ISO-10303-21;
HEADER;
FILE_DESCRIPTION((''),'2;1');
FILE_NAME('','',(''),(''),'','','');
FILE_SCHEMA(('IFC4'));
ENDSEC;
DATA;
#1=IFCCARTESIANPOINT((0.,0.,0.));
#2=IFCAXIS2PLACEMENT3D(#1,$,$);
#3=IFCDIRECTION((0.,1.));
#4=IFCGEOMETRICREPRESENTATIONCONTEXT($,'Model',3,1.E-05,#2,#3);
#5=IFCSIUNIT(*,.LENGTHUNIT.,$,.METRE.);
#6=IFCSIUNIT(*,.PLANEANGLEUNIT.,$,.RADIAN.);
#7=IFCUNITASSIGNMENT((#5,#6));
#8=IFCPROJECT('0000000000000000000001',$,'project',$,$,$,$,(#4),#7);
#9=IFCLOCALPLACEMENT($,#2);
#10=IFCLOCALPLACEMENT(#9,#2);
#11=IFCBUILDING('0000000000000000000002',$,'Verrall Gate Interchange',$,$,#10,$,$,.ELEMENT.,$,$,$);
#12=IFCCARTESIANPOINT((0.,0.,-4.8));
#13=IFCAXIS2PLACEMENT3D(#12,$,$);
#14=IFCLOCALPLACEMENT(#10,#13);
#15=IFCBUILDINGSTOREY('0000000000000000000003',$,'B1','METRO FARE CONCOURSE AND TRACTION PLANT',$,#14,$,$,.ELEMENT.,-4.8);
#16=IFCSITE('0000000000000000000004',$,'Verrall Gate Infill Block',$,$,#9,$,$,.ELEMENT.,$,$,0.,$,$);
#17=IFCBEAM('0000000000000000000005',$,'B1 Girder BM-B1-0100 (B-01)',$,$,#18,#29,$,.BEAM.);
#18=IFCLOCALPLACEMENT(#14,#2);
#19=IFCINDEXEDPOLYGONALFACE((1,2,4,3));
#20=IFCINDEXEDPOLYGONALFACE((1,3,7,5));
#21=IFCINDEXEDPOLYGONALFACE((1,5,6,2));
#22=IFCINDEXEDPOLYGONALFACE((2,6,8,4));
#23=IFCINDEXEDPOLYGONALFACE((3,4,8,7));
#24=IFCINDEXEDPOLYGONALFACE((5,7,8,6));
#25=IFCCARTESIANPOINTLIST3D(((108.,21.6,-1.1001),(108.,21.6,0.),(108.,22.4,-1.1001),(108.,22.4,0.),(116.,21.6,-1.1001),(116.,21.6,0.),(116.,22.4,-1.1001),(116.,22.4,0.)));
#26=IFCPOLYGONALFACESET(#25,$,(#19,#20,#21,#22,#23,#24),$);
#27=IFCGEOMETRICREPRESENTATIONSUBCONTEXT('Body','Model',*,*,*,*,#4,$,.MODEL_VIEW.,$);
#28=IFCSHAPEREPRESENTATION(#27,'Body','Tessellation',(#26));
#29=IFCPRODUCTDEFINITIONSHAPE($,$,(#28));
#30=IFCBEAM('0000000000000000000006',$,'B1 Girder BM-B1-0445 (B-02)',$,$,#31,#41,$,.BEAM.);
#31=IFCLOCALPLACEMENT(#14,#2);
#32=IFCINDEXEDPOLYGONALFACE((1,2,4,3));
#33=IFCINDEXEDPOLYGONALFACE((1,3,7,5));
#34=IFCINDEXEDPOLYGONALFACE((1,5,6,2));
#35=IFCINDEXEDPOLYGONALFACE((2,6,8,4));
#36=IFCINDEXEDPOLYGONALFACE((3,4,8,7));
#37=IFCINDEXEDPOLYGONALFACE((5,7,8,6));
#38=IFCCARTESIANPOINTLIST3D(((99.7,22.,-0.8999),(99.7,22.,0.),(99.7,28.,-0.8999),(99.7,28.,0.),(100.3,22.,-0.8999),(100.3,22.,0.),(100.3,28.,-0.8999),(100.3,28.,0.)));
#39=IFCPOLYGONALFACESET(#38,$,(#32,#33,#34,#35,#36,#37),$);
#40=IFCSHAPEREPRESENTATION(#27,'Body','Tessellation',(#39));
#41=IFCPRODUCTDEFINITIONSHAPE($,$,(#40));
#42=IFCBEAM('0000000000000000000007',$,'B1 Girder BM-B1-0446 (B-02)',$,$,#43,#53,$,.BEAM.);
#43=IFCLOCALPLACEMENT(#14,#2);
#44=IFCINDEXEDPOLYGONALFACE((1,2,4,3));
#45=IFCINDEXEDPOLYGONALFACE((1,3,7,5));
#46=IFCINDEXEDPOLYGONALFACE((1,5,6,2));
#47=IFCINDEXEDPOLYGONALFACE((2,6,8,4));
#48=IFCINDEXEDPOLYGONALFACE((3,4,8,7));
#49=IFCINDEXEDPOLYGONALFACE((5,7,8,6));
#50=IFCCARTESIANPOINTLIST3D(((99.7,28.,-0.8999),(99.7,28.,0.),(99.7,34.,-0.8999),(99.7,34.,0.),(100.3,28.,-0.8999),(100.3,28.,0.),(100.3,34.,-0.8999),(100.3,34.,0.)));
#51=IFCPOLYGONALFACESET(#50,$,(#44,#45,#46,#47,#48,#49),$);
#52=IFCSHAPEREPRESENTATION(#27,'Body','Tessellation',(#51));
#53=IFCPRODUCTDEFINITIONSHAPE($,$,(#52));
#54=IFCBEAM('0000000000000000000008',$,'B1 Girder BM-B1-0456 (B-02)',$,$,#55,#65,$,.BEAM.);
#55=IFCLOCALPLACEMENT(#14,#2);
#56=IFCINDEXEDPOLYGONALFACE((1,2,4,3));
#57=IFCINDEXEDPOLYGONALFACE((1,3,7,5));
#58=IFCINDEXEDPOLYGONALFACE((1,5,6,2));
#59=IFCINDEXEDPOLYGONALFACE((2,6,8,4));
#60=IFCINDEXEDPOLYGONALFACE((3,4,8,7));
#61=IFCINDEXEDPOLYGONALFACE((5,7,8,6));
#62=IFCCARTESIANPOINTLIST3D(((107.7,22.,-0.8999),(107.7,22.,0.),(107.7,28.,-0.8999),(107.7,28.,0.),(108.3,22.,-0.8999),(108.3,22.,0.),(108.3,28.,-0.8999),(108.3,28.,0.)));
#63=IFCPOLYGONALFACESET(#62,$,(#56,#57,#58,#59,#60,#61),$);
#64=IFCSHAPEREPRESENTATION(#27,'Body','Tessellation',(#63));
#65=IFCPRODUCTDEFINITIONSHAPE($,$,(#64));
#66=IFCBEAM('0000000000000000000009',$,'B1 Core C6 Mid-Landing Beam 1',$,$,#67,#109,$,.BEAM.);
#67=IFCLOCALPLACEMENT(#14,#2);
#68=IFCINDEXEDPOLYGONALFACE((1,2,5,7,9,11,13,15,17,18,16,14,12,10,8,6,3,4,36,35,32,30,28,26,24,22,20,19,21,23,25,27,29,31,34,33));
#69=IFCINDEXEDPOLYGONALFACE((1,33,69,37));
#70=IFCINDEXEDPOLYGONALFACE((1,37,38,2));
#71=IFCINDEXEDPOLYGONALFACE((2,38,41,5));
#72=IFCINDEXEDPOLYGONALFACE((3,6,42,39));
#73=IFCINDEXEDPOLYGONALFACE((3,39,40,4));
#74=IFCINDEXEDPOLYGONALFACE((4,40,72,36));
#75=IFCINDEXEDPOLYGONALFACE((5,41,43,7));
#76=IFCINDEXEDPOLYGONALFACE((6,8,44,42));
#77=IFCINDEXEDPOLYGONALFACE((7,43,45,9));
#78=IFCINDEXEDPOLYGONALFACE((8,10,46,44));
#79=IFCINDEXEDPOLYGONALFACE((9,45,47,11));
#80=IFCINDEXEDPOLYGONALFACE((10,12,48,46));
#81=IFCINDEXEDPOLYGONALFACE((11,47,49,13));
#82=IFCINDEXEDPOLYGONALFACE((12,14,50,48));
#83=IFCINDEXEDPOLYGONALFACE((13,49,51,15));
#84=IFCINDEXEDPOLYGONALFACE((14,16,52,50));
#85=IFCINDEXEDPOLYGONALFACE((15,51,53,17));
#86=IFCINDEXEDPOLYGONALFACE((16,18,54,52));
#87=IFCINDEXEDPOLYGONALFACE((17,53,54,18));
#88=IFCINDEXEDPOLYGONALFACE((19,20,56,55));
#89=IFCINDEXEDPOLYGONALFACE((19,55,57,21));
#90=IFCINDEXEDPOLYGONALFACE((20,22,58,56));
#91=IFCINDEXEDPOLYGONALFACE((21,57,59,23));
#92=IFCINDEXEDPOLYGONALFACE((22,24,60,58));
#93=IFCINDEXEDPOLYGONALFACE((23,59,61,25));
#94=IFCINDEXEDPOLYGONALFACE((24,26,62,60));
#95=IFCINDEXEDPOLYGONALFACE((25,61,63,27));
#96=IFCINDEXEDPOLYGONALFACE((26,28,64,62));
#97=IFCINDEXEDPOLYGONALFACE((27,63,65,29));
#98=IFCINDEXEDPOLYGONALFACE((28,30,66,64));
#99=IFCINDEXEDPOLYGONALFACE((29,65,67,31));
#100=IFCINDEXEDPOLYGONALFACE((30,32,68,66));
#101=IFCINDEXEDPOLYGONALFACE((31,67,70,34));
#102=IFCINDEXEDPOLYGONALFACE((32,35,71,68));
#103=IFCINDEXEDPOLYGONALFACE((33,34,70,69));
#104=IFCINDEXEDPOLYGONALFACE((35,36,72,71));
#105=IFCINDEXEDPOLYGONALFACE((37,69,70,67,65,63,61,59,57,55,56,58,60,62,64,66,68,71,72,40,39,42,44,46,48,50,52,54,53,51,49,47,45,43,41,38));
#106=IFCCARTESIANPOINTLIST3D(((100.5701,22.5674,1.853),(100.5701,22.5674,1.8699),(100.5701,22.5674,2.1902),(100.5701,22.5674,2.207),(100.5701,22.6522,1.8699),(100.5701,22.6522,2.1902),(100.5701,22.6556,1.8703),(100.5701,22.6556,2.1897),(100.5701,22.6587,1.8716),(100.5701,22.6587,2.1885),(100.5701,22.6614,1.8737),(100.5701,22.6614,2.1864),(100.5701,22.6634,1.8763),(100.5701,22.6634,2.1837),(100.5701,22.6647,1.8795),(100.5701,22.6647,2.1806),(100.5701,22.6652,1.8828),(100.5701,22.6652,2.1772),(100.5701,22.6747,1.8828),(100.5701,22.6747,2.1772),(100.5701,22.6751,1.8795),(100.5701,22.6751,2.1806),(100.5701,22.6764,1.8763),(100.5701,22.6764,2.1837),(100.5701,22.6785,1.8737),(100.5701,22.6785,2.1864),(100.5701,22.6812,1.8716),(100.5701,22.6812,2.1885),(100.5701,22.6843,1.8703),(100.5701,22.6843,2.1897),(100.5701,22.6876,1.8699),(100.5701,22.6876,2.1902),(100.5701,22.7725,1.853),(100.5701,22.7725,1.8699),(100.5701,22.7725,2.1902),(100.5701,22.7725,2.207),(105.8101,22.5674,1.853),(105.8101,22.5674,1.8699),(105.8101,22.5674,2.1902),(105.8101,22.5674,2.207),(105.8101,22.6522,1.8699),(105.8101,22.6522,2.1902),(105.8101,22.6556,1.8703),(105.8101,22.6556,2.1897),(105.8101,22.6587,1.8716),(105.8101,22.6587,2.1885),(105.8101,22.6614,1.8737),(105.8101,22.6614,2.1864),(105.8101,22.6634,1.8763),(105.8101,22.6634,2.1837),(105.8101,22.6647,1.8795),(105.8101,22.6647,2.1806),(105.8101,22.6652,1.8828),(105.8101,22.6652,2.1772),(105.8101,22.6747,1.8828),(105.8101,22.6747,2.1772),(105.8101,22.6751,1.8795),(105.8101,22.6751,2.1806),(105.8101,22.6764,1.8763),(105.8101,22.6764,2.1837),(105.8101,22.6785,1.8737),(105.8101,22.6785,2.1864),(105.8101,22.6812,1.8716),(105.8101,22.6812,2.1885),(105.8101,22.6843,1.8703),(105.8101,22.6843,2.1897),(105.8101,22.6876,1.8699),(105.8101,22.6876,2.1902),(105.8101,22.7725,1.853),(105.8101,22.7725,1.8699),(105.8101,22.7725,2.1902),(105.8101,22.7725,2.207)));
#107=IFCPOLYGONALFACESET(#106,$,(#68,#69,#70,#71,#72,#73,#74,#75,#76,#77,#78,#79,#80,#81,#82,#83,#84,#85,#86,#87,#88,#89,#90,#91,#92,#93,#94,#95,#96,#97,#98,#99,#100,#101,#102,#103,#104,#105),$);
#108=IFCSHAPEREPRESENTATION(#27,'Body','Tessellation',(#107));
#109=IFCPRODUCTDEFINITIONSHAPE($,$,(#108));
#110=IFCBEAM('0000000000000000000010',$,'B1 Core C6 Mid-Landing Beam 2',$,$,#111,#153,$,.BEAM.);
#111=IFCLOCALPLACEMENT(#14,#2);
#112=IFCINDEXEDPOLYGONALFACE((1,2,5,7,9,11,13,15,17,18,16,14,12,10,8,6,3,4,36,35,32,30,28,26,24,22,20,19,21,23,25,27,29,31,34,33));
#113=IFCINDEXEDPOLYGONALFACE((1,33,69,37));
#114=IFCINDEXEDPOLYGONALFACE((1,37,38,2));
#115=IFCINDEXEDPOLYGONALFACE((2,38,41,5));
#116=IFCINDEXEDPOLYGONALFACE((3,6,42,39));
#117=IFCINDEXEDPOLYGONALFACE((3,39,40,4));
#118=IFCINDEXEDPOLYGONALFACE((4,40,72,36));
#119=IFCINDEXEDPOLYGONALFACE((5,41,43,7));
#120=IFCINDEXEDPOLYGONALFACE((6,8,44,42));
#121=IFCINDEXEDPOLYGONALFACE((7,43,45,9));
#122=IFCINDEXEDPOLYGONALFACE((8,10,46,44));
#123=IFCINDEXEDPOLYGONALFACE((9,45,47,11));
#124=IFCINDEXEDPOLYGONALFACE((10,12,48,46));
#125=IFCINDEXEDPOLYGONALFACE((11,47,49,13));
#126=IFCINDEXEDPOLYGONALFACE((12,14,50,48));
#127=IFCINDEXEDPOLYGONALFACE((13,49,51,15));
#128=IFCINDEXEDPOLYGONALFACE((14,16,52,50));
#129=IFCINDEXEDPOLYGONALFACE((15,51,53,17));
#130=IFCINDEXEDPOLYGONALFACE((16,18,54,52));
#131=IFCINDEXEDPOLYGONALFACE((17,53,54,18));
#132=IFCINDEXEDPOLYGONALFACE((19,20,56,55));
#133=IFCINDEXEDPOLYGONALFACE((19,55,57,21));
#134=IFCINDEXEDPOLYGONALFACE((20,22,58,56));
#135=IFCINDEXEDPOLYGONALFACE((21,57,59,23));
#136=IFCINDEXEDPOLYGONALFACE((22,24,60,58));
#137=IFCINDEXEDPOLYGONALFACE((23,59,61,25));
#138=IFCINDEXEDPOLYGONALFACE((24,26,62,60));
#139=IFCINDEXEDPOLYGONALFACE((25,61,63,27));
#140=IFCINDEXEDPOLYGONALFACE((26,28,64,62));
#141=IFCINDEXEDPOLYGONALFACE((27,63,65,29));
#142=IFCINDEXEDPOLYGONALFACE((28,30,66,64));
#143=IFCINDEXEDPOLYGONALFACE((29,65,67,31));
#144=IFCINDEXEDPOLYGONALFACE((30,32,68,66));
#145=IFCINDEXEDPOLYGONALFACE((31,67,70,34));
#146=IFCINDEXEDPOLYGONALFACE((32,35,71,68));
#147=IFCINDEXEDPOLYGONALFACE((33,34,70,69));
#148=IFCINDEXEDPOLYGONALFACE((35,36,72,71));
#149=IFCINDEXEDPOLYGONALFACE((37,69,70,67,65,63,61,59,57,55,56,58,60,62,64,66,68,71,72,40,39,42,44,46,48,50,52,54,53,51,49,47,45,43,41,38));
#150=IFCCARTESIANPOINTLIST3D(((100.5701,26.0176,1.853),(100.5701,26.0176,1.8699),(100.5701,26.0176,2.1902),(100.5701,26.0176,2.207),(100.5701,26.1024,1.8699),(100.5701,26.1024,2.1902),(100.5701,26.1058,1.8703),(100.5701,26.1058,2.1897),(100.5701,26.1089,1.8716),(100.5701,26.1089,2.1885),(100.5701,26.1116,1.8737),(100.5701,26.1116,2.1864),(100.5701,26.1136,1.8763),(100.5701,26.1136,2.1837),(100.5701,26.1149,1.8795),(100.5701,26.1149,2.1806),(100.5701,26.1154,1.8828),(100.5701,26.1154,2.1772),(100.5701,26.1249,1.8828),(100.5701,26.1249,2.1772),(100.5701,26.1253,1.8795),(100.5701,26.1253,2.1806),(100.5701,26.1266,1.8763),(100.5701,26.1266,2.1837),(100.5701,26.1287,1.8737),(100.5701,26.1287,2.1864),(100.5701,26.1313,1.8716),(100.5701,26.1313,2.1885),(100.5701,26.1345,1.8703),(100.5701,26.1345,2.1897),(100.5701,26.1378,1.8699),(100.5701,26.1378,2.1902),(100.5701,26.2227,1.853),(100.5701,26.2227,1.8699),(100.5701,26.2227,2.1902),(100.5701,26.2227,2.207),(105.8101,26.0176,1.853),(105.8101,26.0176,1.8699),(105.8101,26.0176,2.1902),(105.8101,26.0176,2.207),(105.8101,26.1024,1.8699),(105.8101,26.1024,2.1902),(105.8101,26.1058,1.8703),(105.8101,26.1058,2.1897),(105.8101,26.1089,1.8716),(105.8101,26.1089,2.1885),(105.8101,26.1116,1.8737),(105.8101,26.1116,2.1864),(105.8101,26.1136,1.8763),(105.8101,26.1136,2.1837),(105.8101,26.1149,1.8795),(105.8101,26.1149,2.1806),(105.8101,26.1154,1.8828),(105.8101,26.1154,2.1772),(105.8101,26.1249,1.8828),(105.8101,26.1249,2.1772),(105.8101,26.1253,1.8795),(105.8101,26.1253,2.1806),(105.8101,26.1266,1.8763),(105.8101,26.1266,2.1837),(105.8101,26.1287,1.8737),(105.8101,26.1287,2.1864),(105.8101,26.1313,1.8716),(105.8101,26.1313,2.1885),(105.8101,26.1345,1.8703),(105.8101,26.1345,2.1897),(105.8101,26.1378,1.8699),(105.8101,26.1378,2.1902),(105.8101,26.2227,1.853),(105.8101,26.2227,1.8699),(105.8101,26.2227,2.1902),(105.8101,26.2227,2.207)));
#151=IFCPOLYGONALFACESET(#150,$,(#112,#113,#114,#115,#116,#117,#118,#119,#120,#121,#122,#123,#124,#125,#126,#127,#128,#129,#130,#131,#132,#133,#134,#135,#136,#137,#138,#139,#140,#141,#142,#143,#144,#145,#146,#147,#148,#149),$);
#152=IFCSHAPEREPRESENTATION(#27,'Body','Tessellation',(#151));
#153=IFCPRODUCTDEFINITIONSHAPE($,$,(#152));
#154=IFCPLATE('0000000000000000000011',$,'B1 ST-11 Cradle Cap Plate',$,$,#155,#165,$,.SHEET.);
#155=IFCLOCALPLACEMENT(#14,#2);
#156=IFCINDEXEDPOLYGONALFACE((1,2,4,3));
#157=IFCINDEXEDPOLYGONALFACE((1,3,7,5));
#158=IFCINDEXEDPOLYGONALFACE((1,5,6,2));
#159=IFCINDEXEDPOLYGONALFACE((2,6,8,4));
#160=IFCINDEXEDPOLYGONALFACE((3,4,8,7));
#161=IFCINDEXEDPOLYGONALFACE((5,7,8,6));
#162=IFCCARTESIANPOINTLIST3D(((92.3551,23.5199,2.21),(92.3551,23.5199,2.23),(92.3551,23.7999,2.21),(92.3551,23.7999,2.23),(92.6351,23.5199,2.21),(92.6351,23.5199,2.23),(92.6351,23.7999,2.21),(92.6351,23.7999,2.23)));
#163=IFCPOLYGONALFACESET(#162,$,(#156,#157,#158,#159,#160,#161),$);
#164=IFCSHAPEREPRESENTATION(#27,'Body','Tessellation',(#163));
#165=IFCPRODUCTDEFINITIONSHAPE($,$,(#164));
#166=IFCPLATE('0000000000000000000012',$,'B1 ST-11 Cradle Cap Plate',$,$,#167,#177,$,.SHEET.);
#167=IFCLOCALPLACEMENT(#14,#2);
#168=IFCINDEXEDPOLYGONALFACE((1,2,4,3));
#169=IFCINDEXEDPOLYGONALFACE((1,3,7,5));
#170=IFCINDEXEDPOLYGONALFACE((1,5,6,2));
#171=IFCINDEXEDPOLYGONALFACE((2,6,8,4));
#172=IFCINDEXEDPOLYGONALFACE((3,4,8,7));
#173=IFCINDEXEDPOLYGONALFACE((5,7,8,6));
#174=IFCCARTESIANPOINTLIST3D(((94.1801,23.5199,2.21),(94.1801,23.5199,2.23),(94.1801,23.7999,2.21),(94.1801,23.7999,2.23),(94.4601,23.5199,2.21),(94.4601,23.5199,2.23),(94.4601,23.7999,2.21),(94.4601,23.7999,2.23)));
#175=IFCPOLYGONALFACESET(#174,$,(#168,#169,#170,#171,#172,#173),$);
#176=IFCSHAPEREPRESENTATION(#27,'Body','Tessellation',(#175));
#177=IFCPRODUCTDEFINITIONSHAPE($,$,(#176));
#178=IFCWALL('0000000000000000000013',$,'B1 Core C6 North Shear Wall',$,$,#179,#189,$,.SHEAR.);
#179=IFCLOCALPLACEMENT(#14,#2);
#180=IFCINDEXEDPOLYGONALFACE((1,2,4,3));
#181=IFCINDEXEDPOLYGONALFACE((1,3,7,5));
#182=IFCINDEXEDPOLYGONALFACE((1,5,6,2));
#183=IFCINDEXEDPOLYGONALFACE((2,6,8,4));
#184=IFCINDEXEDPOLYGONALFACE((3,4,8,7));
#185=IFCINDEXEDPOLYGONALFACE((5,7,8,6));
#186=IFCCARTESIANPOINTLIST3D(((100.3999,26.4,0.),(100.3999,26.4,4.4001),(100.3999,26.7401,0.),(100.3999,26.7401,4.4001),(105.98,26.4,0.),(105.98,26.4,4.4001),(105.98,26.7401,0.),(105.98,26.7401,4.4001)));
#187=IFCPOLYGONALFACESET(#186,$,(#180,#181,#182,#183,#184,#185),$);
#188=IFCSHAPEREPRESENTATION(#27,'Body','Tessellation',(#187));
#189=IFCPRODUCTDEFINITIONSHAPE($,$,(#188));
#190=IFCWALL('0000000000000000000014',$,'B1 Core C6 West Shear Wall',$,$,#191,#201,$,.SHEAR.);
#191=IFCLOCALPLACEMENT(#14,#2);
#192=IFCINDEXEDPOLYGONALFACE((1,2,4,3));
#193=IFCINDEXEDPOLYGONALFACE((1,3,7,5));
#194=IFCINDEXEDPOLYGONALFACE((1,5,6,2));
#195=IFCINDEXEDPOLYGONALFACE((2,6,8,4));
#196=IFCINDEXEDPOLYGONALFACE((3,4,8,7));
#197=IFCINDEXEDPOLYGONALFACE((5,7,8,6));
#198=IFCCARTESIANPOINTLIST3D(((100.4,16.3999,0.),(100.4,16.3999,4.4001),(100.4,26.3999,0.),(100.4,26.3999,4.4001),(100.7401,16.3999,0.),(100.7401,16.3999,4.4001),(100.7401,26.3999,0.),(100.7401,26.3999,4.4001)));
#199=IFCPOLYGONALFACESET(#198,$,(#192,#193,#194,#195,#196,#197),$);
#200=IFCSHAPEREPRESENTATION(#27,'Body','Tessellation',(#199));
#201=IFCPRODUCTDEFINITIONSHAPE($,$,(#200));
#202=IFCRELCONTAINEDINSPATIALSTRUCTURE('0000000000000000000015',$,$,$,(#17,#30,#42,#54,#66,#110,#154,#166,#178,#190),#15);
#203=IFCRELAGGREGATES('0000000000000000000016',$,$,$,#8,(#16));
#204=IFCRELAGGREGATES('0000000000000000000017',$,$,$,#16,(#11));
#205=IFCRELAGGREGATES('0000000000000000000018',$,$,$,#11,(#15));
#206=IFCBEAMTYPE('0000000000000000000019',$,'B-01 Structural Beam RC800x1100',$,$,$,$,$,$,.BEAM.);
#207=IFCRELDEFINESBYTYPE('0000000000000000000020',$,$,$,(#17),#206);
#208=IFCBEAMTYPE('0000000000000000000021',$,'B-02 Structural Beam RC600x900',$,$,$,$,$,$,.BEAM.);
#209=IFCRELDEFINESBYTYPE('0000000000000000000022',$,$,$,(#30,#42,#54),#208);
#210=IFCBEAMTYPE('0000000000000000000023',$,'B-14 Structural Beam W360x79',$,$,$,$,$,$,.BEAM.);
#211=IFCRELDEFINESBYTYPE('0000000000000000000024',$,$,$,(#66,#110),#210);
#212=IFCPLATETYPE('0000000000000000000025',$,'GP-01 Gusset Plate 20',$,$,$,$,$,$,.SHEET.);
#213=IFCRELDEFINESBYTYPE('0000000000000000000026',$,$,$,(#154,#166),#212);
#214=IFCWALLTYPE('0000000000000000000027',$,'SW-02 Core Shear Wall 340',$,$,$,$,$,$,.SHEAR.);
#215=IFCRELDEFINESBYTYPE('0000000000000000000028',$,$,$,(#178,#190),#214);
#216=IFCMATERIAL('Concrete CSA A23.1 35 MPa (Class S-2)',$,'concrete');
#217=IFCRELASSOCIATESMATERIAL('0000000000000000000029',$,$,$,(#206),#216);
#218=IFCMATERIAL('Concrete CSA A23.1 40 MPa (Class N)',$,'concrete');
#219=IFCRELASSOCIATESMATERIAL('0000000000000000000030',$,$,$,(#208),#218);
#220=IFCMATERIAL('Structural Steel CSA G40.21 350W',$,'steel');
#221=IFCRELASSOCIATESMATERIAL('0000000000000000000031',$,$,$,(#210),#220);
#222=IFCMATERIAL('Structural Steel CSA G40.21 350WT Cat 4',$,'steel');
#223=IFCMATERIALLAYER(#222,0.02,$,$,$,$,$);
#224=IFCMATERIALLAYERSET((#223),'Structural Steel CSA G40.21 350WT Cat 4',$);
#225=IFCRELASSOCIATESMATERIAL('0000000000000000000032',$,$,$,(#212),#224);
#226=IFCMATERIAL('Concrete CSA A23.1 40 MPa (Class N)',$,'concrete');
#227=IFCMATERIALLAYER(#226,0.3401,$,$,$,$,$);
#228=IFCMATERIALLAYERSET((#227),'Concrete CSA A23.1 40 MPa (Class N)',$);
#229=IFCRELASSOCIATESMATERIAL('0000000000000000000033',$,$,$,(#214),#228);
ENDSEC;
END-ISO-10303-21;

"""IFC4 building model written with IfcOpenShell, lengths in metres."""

from ifc_helpers import new_model, si_unit, direction, frame, frame_2d, origin, origin_2d, place, context, subcontext, project, spatial, rectangle, i_section, extrude, material, layer, layer_set, material_profile, profile_set, type_object, element, save


model = new_model("IFC4")

# Units and contexts
model_context = context("Model", 3, precision=1e-05, world=origin(), true_north=direction((0.0, 1.0)))
body_context = subcontext(model_context, "Body", "Model", "MODEL_VIEW")
ifc_project = project(units=[si_unit("LENGTHUNIT", "METRE"), si_unit("PLANEANGLEUNIT", "RADIAN")], contexts=[model_context])

# Site, building, storey
site_placement = place(None, origin())
site = spatial("IfcSite", under=ifc_project, at=site_placement, Name="Verrall Gate Infill Block", CompositionType="ELEMENT", RefElevation=0.0)
building_placement = place(site_placement, origin())
building = spatial("IfcBuilding", under=site, at=building_placement, Name="Verrall Gate Interchange", CompositionType="ELEMENT")
storey_placement = place(building_placement, frame((0.0, 0.0, -4.8)))
storey = spatial("IfcBuildingStorey", under=building, at=storey_placement, Name="B1", Description="METRO FARE CONCOURSE AND TRACTION PLANT", CompositionType="ELEMENT", Elevation=-4.8)

# Beams
ifc_material_1 = material(Name="Concrete CSA A23.1 35 MPa (Class S-2)", Category="concrete")
ifc_material_profile_1 = material_profile(ifc_material_1, rectangle(XDim=0.8, YDim=1.1001, at=origin_2d()), Name="RC800x1100")
ifc_profile_set_1 = profile_set([ifc_material_profile_1], Name="Concrete CSA A23.1 35 MPa (Class S-2)")
beam_type_1 = type_object("IfcBeamType", Name="B-01 Structural Beam RC800x1100", PredefinedType="BEAM", material=ifc_profile_set_1)
beam_placement = place(storey_placement, frame((108.0, 22.0, -0.55), z_axis=(1.0, 0.0, 0.0), x_axis=(0.0, 1.0, 0.0)))
element("IfcBeam", 1, at=beam_placement, inside=storey, type_object=beam_type_1, Name="B1 Girder BM-B1-0100 (B-01)", PredefinedType="BEAM", context=body_context, shape_type="SweptSolid", body=[
    extrude(rectangle(XDim=0.8, YDim=1.1001, at=origin_2d()), origin(), (0.0, 0.0, 1.0), 8.0),
])
ifc_material_2 = material(Name="Concrete CSA A23.1 40 MPa (Class N)", Category="concrete")
ifc_material_profile_2 = material_profile(ifc_material_2, rectangle(XDim=0.6001, YDim=0.8999, at=origin_2d()), Name="RC600x900")
ifc_profile_set_2 = profile_set([ifc_material_profile_2], Name="Concrete CSA A23.1 40 MPa (Class N)")
beam_type_2 = type_object("IfcBeamType", Name="B-02 Structural Beam RC600x900", PredefinedType="BEAM", material=ifc_profile_set_2)
for number, where, z_axis, x_axis, name in (
    (2, (100.0, 22.0, -0.45), (0.0, 1.0, 0.0), (-1.0, 0.0, 0.0), "B1 Girder BM-B1-0445 (B-02)"),
    (3, (100.0, 28.0, -0.45), (0.0, 1.0, 0.0), (-1.0, 0.0, 0.0), "B1 Girder BM-B1-0446 (B-02)"),
    (4, (108.0, 22.0, -0.45), (0.0, 1.0, 0.0), (-1.0, 0.0, 0.0), "B1 Girder BM-B1-0456 (B-02)"),
):
    element("IfcBeam", number, at=place(storey_placement, frame(where, z_axis=z_axis, x_axis=x_axis)), inside=storey, type_object=beam_type_2, Name=name, PredefinedType="BEAM", context=body_context, shape_type="SweptSolid", body=[
        extrude(rectangle(XDim=0.6001, YDim=0.8999, at=origin_2d()), origin(), (0.0, 0.0, 1.0), 6.0),
    ])
ifc_material_3 = material(Name="Structural Steel CSA G40.21 350W", Category="steel")
ifc_material_profile_3 = material_profile(ifc_material_3, i_section(OverallWidth=0.2051, OverallDepth=0.354, WebThickness=0.0095, FlangeThickness=0.0168, FilletRadius=0.0129, at=origin_2d()), Name="W360x79")
ifc_profile_set_3 = profile_set([ifc_material_profile_3], Name="Structural Steel CSA G40.21 350W")
beam_type_3 = type_object("IfcBeamType", Name="B-14 Structural Beam W360x79", PredefinedType="BEAM", material=ifc_profile_set_3)
for number, where, z_axis, x_axis, name in (
    (5, (100.5701, 22.6699, 2.03), (1.0, 0.0, 0.0), (0.0, 1.0, 0.0), "B1 Core C6 Mid-Landing Beam 1"),
    (6, (100.5701, 26.1201, 2.03), (1.0, 0.0, 0.0), (0.0, 1.0, 0.0), "B1 Core C6 Mid-Landing Beam 2"),
):
    element("IfcBeam", number, at=place(storey_placement, frame(where, z_axis=z_axis, x_axis=x_axis)), inside=storey, type_object=beam_type_3, Name=name, PredefinedType="BEAM", context=body_context, shape_type="SweptSolid", body=[
        extrude(i_section(OverallWidth=0.2051, OverallDepth=0.354, WebThickness=0.0095, FlangeThickness=0.0168, FilletRadius=0.0129, at=origin_2d()), origin(), (0.0, 0.0, 1.0), 5.24),
    ])

# Plates
ifc_material_4 = material(Name="Structural Steel CSA G40.21 350WT Cat 4", Category="steel")
ifc_layer_1 = layer(ifc_material_4, 0.02)
ifc_layer_set_1 = layer_set([ifc_layer_1], Name="Structural Steel CSA G40.21 350WT Cat 4")
plate_type = type_object("IfcPlateType", Name="GP-01 Gusset Plate 20", PredefinedType="SHEET", material=ifc_layer_set_1)
for number, where, z_axis, x_axis, name in (
    (7, (92.4951, 23.6599, 2.21), (0.0, 0.0, 1.0), (1.0, 0.0, 0.0), "B1 ST-11 Cradle Cap Plate"),
    (8, (94.3201, 23.6599, 2.21), (0.0, 0.0, 1.0), (1.0, 0.0, 0.0), "B1 ST-11 Cradle Cap Plate"),
):
    element("IfcPlate", number, at=place(storey_placement, frame(where, z_axis=z_axis, x_axis=x_axis)), inside=storey, type_object=plate_type, Name=name, PredefinedType="SHEET", context=body_context, shape_type="SweptSolid", body=[
        extrude(rectangle(XDim=0.28, YDim=0.28, at=origin_2d()), origin(), (0.0, 0.0, 1.0), 0.02),
    ])

# Walls
ifc_material_5 = material(Name="Concrete CSA A23.1 40 MPa (Class N)", Category="concrete")
ifc_layer_2 = layer(ifc_material_5, 0.3401)
ifc_layer_set_2 = layer_set([ifc_layer_2], Name="Concrete CSA A23.1 40 MPa (Class N)")
wall_type = type_object("IfcWallType", Name="SW-02 Core Shear Wall 340", PredefinedType="SHEAR", material=ifc_layer_set_2)
wall_1_placement = place(storey_placement, frame((105.98, 26.5701, 0.0), z_axis=(0.0, 0.0, 1.0), x_axis=(-1.0, 0.0, 0.0)))
element("IfcWall", 9, at=wall_1_placement, inside=storey, type_object=wall_type, Name="B1 Core C6 North Shear Wall", PredefinedType="SHEAR", context=body_context, shape_type="SweptSolid", body=[
    extrude(rectangle(XDim=5.5801, YDim=0.3401, at=frame_2d((2.79, 0.0))), origin(), (0.0, 0.0, 1.0), 4.4001),
])
wall_2_placement = place(storey_placement, frame((100.5701, 26.3999, 0.0), z_axis=(0.0, 0.0, 1.0), x_axis=(0.0, -1.0, 0.0)))
element("IfcWall", 10, at=wall_2_placement, inside=storey, type_object=wall_type, Name="B1 Core C6 West Shear Wall", PredefinedType="SHEAR", context=body_context, shape_type="SweptSolid", body=[
    extrude(rectangle(XDim=10.0, YDim=0.3401, at=frame_2d((5.0, 0.0))), origin(), (0.0, 0.0, 1.0), 4.4001),
])

save(model, "model.ifc")
